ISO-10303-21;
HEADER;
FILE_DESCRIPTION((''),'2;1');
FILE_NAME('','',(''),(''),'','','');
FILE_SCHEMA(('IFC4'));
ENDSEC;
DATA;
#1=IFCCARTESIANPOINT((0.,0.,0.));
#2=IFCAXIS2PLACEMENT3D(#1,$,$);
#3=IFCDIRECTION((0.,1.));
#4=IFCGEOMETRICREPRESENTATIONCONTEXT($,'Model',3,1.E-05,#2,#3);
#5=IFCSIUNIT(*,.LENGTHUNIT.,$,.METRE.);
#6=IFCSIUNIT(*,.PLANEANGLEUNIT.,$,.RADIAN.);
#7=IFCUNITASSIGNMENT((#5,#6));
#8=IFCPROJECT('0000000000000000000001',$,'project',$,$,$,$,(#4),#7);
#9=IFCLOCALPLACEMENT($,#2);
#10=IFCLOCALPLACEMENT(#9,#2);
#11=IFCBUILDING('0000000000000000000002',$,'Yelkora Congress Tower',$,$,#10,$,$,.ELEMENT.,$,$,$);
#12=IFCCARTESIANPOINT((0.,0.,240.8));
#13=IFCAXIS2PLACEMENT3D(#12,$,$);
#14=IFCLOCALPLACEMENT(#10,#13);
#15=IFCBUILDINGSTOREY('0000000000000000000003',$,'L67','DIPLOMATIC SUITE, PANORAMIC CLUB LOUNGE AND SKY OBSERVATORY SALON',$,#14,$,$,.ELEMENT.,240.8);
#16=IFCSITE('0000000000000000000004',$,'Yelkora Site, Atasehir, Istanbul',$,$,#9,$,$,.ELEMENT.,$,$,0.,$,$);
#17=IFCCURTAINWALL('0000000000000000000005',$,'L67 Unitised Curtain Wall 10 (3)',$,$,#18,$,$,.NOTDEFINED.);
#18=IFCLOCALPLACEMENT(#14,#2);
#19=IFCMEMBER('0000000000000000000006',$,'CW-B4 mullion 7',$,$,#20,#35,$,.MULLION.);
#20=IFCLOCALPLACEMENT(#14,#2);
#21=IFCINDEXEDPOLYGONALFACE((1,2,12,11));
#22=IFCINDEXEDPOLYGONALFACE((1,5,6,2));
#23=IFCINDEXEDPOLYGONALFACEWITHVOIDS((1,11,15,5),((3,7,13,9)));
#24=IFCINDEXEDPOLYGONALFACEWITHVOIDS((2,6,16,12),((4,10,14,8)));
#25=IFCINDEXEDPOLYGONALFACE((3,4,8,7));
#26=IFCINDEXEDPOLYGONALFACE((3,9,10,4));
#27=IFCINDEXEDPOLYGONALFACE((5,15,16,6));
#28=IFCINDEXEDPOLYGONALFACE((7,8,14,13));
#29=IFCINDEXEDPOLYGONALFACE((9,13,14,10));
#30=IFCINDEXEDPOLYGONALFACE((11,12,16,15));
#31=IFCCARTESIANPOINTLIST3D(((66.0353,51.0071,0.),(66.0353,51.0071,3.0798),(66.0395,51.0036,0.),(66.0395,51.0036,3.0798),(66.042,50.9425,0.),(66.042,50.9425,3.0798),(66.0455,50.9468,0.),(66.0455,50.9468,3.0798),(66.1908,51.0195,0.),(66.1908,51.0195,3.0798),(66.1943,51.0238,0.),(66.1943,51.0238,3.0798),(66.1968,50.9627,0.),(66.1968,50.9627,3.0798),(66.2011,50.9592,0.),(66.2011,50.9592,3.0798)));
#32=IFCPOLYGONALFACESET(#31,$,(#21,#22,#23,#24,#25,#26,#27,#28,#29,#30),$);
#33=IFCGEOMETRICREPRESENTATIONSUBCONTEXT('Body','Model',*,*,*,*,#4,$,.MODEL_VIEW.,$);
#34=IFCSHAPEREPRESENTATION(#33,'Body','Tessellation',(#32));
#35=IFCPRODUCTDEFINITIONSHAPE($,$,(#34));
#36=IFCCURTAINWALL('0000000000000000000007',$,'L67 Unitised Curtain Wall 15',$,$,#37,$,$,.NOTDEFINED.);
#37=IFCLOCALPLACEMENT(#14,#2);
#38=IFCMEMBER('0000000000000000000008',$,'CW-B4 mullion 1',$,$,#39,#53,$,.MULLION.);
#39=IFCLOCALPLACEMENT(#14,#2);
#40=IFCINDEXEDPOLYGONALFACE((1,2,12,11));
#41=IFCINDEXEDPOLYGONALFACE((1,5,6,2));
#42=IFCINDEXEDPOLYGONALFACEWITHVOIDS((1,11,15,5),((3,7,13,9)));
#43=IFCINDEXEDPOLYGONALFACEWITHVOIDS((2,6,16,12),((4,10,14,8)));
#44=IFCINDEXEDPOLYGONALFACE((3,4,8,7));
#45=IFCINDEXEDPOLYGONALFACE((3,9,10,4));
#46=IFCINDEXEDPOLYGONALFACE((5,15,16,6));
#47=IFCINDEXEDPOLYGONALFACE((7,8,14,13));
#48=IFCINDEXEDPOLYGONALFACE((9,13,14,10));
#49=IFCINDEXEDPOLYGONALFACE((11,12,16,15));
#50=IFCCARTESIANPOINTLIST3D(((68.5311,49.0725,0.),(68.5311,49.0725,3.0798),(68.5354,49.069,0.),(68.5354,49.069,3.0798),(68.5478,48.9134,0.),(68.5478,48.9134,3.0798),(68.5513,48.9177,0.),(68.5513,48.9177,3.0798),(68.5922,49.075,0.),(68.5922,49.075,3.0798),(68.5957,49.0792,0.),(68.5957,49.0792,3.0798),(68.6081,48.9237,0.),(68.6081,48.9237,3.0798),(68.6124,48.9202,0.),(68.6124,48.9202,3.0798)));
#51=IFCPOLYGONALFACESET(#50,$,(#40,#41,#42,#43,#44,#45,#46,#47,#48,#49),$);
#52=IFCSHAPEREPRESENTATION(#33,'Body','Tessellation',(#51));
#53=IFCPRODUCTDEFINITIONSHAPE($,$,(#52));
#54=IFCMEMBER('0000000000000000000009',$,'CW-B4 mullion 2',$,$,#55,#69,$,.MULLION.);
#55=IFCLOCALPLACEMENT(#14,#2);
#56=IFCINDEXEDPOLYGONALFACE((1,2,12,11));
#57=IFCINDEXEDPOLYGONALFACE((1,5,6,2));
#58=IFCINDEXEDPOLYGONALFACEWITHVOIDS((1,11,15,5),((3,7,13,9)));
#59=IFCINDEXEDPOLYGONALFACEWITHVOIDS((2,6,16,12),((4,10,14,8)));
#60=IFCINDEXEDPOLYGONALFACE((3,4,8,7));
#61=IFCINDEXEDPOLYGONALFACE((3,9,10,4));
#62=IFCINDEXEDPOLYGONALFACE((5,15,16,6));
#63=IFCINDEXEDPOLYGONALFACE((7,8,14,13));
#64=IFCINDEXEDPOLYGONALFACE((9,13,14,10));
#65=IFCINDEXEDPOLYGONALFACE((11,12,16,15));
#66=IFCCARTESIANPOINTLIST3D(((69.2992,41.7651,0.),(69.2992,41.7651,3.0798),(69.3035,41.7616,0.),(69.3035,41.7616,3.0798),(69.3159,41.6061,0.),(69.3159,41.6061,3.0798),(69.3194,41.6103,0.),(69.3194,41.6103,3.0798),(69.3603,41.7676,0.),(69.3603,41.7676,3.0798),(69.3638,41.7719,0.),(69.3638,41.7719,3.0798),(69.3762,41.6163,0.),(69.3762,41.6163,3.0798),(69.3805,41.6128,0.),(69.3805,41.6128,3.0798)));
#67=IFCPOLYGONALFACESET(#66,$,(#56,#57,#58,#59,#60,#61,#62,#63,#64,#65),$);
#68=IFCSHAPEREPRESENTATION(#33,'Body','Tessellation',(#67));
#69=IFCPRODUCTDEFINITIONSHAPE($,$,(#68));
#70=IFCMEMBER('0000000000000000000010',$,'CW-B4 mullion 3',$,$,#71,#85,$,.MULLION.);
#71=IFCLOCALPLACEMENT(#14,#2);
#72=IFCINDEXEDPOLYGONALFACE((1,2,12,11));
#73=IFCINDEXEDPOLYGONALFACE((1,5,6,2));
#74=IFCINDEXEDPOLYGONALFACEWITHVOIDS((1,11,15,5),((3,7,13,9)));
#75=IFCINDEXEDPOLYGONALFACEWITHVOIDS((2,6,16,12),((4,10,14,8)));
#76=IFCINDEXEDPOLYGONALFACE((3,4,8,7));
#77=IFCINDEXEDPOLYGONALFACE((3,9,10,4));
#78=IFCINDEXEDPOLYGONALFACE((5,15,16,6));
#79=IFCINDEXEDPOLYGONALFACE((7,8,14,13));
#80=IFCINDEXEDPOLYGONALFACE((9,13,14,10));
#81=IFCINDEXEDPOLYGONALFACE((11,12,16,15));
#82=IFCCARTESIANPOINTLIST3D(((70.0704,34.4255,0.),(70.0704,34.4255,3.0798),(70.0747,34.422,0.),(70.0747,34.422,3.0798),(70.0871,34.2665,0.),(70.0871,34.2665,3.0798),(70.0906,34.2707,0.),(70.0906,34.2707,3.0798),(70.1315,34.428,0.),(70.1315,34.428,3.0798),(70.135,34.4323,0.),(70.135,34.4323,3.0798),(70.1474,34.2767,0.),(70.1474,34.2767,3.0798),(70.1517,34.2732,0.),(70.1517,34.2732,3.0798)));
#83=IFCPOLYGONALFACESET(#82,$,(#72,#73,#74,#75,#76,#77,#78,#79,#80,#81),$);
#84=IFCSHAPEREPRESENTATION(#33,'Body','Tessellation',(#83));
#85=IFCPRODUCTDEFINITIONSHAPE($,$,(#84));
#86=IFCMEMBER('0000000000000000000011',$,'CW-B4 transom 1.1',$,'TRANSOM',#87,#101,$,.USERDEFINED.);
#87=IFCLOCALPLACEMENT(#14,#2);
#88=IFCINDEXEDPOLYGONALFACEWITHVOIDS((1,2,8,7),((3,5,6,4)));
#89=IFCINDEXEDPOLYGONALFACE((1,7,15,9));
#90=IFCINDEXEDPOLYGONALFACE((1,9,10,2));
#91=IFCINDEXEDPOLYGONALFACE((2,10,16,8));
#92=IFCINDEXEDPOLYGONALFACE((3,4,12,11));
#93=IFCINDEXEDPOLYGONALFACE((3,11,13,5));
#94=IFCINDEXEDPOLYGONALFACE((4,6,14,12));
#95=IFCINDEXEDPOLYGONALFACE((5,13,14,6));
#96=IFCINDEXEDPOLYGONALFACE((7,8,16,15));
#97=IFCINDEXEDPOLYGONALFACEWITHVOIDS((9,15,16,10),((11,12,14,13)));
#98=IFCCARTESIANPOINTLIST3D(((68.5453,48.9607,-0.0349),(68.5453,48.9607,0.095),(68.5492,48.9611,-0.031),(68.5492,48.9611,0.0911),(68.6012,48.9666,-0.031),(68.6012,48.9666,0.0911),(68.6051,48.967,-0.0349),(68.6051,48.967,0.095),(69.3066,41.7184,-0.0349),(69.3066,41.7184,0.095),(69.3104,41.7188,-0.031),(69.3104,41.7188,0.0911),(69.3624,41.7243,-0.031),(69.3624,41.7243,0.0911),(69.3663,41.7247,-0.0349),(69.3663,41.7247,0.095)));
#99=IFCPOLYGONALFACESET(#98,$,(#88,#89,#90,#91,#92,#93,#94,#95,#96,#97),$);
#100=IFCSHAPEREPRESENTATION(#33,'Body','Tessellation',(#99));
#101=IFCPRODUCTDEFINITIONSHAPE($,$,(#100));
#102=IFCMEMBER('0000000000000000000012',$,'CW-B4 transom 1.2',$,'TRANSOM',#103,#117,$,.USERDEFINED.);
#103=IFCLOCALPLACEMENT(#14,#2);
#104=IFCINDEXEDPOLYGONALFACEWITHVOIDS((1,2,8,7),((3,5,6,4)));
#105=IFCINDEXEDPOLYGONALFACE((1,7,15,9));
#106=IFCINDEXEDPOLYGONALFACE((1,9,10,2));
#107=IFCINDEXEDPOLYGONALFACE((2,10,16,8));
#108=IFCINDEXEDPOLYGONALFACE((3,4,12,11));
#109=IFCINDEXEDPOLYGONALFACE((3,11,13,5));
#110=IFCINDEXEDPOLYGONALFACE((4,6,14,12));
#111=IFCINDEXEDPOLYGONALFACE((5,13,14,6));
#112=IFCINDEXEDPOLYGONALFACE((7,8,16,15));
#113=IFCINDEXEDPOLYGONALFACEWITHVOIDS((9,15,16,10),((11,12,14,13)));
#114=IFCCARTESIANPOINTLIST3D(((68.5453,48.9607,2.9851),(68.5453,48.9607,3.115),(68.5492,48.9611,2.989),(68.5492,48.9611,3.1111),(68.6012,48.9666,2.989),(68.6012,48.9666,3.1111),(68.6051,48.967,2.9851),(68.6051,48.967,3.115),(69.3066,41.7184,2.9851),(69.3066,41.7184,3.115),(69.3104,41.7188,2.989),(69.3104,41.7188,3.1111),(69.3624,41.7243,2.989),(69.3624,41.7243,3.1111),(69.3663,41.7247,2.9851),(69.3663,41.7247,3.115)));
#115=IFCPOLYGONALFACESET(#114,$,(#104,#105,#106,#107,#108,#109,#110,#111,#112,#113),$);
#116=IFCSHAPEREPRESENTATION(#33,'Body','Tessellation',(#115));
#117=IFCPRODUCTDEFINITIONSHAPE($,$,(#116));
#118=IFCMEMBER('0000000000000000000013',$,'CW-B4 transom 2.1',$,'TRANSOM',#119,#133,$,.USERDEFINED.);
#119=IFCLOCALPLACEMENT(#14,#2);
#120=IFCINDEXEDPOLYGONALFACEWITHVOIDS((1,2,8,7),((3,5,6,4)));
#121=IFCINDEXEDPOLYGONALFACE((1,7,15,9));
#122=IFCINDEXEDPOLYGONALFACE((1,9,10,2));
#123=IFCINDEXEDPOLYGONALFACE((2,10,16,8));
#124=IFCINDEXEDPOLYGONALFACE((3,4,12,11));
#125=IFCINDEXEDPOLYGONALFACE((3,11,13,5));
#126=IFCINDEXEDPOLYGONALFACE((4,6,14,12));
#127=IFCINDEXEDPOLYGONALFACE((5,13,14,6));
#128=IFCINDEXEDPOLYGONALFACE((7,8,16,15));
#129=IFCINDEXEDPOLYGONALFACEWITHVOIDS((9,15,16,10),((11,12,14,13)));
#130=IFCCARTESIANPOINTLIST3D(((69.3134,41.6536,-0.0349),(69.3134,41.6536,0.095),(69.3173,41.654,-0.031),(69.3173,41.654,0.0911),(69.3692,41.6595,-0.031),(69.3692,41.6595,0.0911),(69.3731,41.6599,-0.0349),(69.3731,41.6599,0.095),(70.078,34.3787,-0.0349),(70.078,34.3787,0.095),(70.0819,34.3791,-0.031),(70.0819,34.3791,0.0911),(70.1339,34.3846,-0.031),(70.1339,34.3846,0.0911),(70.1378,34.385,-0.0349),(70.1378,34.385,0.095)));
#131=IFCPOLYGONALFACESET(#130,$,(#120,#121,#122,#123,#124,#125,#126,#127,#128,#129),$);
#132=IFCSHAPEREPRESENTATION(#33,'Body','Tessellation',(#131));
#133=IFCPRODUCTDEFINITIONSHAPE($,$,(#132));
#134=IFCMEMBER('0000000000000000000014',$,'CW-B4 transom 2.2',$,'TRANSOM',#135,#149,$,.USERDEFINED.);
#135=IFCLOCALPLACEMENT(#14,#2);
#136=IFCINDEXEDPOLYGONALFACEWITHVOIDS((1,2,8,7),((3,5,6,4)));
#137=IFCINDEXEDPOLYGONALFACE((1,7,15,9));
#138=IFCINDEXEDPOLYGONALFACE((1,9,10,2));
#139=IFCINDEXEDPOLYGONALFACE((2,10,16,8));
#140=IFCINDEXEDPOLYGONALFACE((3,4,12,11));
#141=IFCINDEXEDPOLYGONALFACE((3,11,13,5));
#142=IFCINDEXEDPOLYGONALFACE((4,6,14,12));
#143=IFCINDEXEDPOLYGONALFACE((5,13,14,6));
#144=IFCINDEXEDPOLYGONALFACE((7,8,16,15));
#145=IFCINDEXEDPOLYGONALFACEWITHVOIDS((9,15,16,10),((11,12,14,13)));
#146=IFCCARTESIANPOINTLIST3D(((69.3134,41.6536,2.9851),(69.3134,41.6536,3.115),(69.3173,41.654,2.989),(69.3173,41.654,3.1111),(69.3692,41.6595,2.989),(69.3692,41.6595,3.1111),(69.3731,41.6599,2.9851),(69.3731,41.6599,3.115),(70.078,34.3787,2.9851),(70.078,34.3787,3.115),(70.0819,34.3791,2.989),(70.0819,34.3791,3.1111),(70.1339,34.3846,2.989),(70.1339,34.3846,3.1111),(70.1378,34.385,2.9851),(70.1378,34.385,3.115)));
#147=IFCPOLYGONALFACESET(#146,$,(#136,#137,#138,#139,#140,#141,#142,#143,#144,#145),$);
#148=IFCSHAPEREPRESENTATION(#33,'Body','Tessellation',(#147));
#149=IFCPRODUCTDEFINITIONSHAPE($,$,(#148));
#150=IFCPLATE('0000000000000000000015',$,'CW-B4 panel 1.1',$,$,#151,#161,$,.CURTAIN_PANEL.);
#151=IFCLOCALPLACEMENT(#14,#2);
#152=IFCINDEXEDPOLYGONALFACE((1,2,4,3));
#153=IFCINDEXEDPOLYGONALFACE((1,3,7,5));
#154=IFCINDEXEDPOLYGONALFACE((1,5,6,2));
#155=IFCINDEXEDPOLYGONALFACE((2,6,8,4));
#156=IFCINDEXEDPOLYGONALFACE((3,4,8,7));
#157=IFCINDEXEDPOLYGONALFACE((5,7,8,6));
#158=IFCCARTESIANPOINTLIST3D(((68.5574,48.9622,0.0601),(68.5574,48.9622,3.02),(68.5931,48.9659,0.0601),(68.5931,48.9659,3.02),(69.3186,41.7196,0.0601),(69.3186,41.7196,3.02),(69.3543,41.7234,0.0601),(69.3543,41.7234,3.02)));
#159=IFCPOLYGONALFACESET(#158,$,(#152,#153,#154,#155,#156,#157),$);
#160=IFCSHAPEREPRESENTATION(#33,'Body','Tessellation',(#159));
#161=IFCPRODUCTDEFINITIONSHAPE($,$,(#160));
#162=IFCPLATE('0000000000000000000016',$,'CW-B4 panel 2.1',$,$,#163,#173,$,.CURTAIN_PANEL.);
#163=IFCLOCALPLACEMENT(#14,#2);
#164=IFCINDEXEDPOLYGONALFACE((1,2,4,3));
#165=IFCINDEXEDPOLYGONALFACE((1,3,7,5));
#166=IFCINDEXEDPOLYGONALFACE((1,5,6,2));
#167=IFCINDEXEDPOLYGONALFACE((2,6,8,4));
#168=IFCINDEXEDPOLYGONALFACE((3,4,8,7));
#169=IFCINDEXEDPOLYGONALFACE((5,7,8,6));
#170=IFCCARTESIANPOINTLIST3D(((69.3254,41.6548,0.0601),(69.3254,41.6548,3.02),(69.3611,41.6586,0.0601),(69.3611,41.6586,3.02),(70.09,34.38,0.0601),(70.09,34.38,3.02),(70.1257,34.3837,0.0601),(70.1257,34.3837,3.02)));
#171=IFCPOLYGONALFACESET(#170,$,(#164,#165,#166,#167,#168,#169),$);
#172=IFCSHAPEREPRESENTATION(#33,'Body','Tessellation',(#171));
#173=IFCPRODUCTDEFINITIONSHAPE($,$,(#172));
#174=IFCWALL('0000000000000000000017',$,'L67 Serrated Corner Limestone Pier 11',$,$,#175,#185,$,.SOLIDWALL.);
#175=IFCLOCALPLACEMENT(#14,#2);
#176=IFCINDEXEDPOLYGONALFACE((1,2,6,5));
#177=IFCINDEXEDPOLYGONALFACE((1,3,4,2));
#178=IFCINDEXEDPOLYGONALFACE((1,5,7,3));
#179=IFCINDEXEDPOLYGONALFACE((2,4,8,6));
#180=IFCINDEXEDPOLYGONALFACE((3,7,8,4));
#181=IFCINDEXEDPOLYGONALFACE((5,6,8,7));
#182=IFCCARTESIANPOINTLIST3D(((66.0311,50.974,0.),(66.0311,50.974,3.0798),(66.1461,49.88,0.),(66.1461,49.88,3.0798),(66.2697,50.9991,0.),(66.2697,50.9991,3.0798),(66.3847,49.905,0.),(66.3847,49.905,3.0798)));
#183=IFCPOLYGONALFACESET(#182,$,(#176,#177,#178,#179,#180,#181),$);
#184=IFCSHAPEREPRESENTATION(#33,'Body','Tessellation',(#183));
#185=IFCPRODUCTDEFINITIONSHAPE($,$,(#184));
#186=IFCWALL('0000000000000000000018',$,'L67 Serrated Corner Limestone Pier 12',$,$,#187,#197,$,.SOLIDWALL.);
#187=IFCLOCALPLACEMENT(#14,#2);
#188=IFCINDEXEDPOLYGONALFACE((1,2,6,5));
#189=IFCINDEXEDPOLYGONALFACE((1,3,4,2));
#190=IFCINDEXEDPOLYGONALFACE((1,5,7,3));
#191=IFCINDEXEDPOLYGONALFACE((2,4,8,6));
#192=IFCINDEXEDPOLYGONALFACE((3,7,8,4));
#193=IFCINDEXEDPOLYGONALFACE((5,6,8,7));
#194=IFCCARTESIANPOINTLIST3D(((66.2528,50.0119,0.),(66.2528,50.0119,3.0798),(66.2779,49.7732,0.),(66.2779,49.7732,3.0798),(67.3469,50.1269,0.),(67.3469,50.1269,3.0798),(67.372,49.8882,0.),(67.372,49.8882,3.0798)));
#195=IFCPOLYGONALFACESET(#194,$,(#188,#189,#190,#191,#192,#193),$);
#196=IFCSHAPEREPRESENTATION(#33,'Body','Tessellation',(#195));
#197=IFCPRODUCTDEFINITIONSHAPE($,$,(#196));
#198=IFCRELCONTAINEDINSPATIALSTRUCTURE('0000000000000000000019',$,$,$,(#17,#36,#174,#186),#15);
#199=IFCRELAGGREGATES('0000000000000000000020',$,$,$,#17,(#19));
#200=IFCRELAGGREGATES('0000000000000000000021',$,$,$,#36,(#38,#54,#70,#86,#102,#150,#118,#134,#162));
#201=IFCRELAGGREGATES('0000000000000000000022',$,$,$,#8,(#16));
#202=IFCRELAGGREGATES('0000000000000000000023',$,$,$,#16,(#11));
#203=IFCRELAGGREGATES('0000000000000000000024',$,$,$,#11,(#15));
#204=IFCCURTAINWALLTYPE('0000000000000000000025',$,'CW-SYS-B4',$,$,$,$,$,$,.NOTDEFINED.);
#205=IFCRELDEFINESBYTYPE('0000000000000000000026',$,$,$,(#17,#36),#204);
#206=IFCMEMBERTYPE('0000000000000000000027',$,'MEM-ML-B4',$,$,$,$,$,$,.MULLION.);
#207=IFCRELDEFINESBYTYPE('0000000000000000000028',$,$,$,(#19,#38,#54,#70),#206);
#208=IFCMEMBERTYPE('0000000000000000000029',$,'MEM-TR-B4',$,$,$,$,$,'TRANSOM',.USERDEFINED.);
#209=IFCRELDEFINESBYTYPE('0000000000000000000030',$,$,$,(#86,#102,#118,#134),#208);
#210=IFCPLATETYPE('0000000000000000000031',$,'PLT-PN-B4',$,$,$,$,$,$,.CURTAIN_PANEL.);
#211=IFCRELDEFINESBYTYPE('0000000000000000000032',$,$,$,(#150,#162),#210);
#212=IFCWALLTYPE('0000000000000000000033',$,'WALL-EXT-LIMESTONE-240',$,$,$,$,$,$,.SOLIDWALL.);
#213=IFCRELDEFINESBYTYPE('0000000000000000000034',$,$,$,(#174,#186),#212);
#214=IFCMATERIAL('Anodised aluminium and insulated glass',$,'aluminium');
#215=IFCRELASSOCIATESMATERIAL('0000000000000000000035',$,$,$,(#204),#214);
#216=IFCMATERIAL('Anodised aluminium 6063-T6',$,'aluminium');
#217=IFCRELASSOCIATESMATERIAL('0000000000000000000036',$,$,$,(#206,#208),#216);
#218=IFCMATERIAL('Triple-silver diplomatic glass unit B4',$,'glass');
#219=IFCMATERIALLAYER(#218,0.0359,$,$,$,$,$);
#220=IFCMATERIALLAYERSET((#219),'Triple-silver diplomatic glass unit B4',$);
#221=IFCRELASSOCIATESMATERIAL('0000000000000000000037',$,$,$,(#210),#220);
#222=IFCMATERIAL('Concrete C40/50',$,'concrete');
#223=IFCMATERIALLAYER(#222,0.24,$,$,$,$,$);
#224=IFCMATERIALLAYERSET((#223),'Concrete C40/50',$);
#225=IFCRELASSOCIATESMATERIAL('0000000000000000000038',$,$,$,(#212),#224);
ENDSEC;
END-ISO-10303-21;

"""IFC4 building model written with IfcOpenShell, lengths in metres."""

from ifc_helpers import new_model, si_unit, direction, frame, frame_2d, origin, origin_2d, place, context, subcontext, project, spatial, rectangle, hollow_rectangle, extrude, material, layer, layer_set, material_profile, profile_set, type_object, element, aggregate, save


model = new_model("IFC4")

# Units and contexts
model_context = context("Model", 3, precision=1e-05, world=origin(), true_north=direction((0.0, 1.0)))
body_context = subcontext(model_context, "Body", "Model", "MODEL_VIEW")
ifc_project = project(units=[si_unit("LENGTHUNIT", "METRE"), si_unit("PLANEANGLEUNIT", "RADIAN")], contexts=[model_context])

# Site, building, storey
site_placement = place(None, origin())
site = spatial("IfcSite", under=ifc_project, at=site_placement, Name="Yelkora Site, Atasehir, Istanbul", CompositionType="ELEMENT", RefElevation=0.0)
building_placement = place(site_placement, origin())
building = spatial("IfcBuilding", under=site, at=building_placement, Name="Yelkora Congress Tower", CompositionType="ELEMENT")
storey_placement = place(building_placement, frame((0.0, 0.0, 240.8)))
storey = spatial("IfcBuildingStorey", under=building, at=storey_placement, Name="L67", Description="DIPLOMATIC SUITE, PANORAMIC CLUB LOUNGE AND SKY OBSERVATORY SALON", CompositionType="ELEMENT", Elevation=240.8)

# Curtain wall, member
ifc_material_1 = material(Name="Anodised aluminium and insulated glass", Category="aluminium")
curtain_wall_type = type_object("IfcCurtainWallType", Name="CW-SYS-B4", PredefinedType="NOTDEFINED", material=ifc_material_1)
curtain_wall_1_placement = place(storey_placement, origin())
curtain_wall_1 = element("IfcCurtainWall", 1, at=curtain_wall_1_placement, inside=storey, type_object=curtain_wall_type, Name="L67 Unitised Curtain Wall 10 (3)", PredefinedType="NOTDEFINED")
ifc_material_2 = material(Name="Anodised aluminium 6063-T6", Category="aluminium")
ifc_material_profile_1 = material_profile(ifc_material_2, hollow_rectangle(XDim=0.0649, YDim=0.1599, WallThickness=0.0039, at=origin_2d()), Name="ALU 65x160x4")
ifc_profile_set_1 = profile_set([ifc_material_profile_1], Name="Anodised aluminium 6063-T6")
member_type_1 = type_object("IfcMemberType", Name="MEM-ML-B4", PredefinedType="MULLION", material=ifc_profile_set_1)
member_1_placement = place(storey_placement, frame((66.1182, 50.9832, 0.0), z_axis=(0.0, 0.0, 1.0), x_axis=(-0.104528, 0.994522, 0.0)))
member_1 = element("IfcMember", 2, at=member_1_placement, type_object=member_type_1, Name="CW-B4 mullion 7", PredefinedType="MULLION", context=body_context, shape_type="SweptSolid", body=[
    extrude(hollow_rectangle(XDim=0.0649, YDim=0.1599, WallThickness=0.0039, at=origin_2d()), origin(), (0.0, 0.0, 1.0), 3.0798),
])
aggregate(curtain_wall_1, [member_1])

# Curtain wall, members, plates
curtain_wall_2_placement = place(storey_placement, origin())
curtain_wall_2 = element("IfcCurtainWall", 3, at=curtain_wall_2_placement, inside=storey, type_object=curtain_wall_type, Name="L67 Unitised Curtain Wall 15", PredefinedType="NOTDEFINED")
member_2_placement = place(storey_placement, frame((68.5718, 48.9963, 0.0), z_axis=(0.0, 0.0, 1.0), x_axis=(0.994522, 0.104526, 0.0)))
member_2 = element("IfcMember", 4, at=member_2_placement, type_object=member_type_1, Name="CW-B4 mullion 1", PredefinedType="MULLION", context=body_context, shape_type="SweptSolid", body=[
    extrude(hollow_rectangle(XDim=0.0649, YDim=0.1599, WallThickness=0.0039, at=origin_2d()), origin(), (0.0, 0.0, 1.0), 3.0798),
])
member_3_placement = place(storey_placement, frame((69.3398, 41.689, 0.0), z_axis=(0.0, 0.0, 1.0), x_axis=(0.994522, 0.104526, 0.0)))
member_3 = element("IfcMember", 5, at=member_3_placement, type_object=member_type_1, Name="CW-B4 mullion 2", PredefinedType="MULLION", context=body_context, shape_type="SweptSolid", body=[
    extrude(hollow_rectangle(XDim=0.0649, YDim=0.1599, WallThickness=0.0039, at=origin_2d()), origin(), (0.0, 0.0, 1.0), 3.0798),
])
member_4_placement = place(storey_placement, frame((70.1111, 34.3494, 0.0), z_axis=(0.0, 0.0, 1.0), x_axis=(0.994522, 0.104526, 0.0)))
member_4 = element("IfcMember", 6, at=member_4_placement, type_object=member_type_1, Name="CW-B4 mullion 3", PredefinedType="MULLION", context=body_context, shape_type="SweptSolid", body=[
    extrude(hollow_rectangle(XDim=0.0649, YDim=0.1599, WallThickness=0.0039, at=origin_2d()), origin(), (0.0, 0.0, 1.0), 3.0798),
])
ifc_material_profile_2 = material_profile(ifc_material_2, hollow_rectangle(XDim=0.0601, YDim=0.1299, WallThickness=0.0039, at=origin_2d()), Name="ALU 60x130x4")
ifc_profile_set_2 = profile_set([ifc_material_profile_2], Name="Anodised aluminium 6063-T6")
member_type_2 = type_object("IfcMemberType", Name="MEM-TR-B4", ElementType="TRANSOM", PredefinedType="USERDEFINED", material=ifc_profile_set_2)
member_5_placement = place(storey_placement, frame((68.5752, 48.9639, 0.03), z_axis=(0.104531, -0.994522, 0.0), x_axis=(0.994522, 0.104531, 0.0)))
member_5 = element("IfcMember", 7, at=member_5_placement, type_object=member_type_2, Name="CW-B4 transom 1.1", ObjectType="TRANSOM", PredefinedType="USERDEFINED", context=body_context, shape_type="SweptSolid", body=[
    extrude(hollow_rectangle(XDim=0.0601, YDim=0.1299, WallThickness=0.0039, at=origin_2d()), origin(), (0.0, 0.0, 1.0), 7.2822),
])
member_6_placement = place(storey_placement, frame((68.5752, 48.9639, 3.05), z_axis=(0.104531, -0.994522, 0.0), x_axis=(0.994522, 0.104531, 0.0)))
member_6 = element("IfcMember", 8, at=member_6_placement, type_object=member_type_2, Name="CW-B4 transom 1.2", ObjectType="TRANSOM", PredefinedType="USERDEFINED", context=body_context, shape_type="SweptSolid", body=[
    extrude(hollow_rectangle(XDim=0.0601, YDim=0.1299, WallThickness=0.0039, at=origin_2d()), origin(), (0.0, 0.0, 1.0), 7.2822),
])
member_7_placement = place(storey_placement, frame((69.3433, 41.6567, 0.03), z_axis=(0.104532, -0.994522, 0.0), x_axis=(0.994522, 0.104532, 0.0)))
member_7 = element("IfcMember", 9, at=member_7_placement, type_object=member_type_2, Name="CW-B4 transom 2.1", ObjectType="TRANSOM", PredefinedType="USERDEFINED", context=body_context, shape_type="SweptSolid", body=[
    extrude(hollow_rectangle(XDim=0.0601, YDim=0.1299, WallThickness=0.0039, at=origin_2d()), origin(), (0.0, 0.0, 1.0), 7.3149),
])
member_8_placement = place(storey_placement, frame((69.3433, 41.6567, 3.05), z_axis=(0.104532, -0.994522, 0.0), x_axis=(0.994522, 0.104532, 0.0)))
member_8 = element("IfcMember", 10, at=member_8_placement, type_object=member_type_2, Name="CW-B4 transom 2.2", ObjectType="TRANSOM", PredefinedType="USERDEFINED", context=body_context, shape_type="SweptSolid", body=[
    extrude(hollow_rectangle(XDim=0.0601, YDim=0.1299, WallThickness=0.0039, at=origin_2d()), origin(), (0.0, 0.0, 1.0), 7.3149),
])
ifc_material_3 = material(Name="Triple-silver diplomatic glass unit B4", Category="glass")
ifc_layer_1 = layer(ifc_material_3, 0.0359)
ifc_layer_set_1 = layer_set([ifc_layer_1], Name="Triple-silver diplomatic glass unit B4")
plate_type = type_object("IfcPlateType", Name="PLT-PN-B4", PredefinedType="CURTAIN_PANEL", material=ifc_layer_set_1)
plate_1_placement = place(storey_placement, frame((68.9558, 45.3428, 0.0601), z_axis=(0.0, 0.0, 1.0), x_axis=(0.104526, -0.994522, 0.0)))
plate_1 = element("IfcPlate", 11, at=plate_1_placement, type_object=plate_type, Name="CW-B4 panel 1.1", PredefinedType="CURTAIN_PANEL", context=body_context, shape_type="SweptSolid", body=[
    extrude(rectangle(XDim=7.2825, YDim=0.0359, at=origin_2d()), origin(), (0.0, 0.0, 1.0), 2.96),
])
plate_2_placement = place(storey_placement, frame((69.7256, 38.0193, 0.0601), z_axis=(0.0, 0.0, 1.0), x_axis=(0.104526, -0.994522, 0.0)))
plate_2 = element("IfcPlate", 12, at=plate_2_placement, type_object=plate_type, Name="CW-B4 panel 2.1", PredefinedType="CURTAIN_PANEL", context=body_context, shape_type="SweptSolid", body=[
    extrude(rectangle(XDim=7.3149, YDim=0.0359, at=origin_2d()), origin(), (0.0, 0.0, 1.0), 2.96),
])
aggregate(curtain_wall_2, [member_2, member_3, member_4, member_5, member_6, plate_1, member_7, member_8, plate_2])

# Walls
ifc_material_4 = material(Name="Concrete C40/50", Category="concrete")
ifc_layer_2 = layer(ifc_material_4, 0.24)
ifc_layer_set_2 = layer_set([ifc_layer_2], Name="Concrete C40/50")
wall_type = type_object("IfcWallType", Name="WALL-EXT-LIMESTONE-240", PredefinedType="SOLIDWALL", material=ifc_layer_set_2)
for number, where, z_axis, x_axis, name in (
    (13, (66.1504, 50.9866, 0.0), (0.0, 0.0, 1.0), (0.104535, -0.994521, 0.0), "L67 Serrated Corner Limestone Pier 11"),
    (14, (66.2654, 49.8926, 0.0), (0.0, 0.0, 1.0), (0.994521, 0.104535, 0.0), "L67 Serrated Corner Limestone Pier 12"),
):
    element("IfcWall", number, at=place(storey_placement, frame(where, z_axis=z_axis, x_axis=x_axis)), inside=storey, type_object=wall_type, Name=name, PredefinedType="SOLIDWALL", context=body_context, shape_type="SweptSolid", body=[
        extrude(rectangle(XDim=1.1001, YDim=0.24, at=frame_2d((0.55, 0.0))), origin(), (0.0, 0.0, 1.0), 3.0798),
    ])

save(model, "model.ifc")
